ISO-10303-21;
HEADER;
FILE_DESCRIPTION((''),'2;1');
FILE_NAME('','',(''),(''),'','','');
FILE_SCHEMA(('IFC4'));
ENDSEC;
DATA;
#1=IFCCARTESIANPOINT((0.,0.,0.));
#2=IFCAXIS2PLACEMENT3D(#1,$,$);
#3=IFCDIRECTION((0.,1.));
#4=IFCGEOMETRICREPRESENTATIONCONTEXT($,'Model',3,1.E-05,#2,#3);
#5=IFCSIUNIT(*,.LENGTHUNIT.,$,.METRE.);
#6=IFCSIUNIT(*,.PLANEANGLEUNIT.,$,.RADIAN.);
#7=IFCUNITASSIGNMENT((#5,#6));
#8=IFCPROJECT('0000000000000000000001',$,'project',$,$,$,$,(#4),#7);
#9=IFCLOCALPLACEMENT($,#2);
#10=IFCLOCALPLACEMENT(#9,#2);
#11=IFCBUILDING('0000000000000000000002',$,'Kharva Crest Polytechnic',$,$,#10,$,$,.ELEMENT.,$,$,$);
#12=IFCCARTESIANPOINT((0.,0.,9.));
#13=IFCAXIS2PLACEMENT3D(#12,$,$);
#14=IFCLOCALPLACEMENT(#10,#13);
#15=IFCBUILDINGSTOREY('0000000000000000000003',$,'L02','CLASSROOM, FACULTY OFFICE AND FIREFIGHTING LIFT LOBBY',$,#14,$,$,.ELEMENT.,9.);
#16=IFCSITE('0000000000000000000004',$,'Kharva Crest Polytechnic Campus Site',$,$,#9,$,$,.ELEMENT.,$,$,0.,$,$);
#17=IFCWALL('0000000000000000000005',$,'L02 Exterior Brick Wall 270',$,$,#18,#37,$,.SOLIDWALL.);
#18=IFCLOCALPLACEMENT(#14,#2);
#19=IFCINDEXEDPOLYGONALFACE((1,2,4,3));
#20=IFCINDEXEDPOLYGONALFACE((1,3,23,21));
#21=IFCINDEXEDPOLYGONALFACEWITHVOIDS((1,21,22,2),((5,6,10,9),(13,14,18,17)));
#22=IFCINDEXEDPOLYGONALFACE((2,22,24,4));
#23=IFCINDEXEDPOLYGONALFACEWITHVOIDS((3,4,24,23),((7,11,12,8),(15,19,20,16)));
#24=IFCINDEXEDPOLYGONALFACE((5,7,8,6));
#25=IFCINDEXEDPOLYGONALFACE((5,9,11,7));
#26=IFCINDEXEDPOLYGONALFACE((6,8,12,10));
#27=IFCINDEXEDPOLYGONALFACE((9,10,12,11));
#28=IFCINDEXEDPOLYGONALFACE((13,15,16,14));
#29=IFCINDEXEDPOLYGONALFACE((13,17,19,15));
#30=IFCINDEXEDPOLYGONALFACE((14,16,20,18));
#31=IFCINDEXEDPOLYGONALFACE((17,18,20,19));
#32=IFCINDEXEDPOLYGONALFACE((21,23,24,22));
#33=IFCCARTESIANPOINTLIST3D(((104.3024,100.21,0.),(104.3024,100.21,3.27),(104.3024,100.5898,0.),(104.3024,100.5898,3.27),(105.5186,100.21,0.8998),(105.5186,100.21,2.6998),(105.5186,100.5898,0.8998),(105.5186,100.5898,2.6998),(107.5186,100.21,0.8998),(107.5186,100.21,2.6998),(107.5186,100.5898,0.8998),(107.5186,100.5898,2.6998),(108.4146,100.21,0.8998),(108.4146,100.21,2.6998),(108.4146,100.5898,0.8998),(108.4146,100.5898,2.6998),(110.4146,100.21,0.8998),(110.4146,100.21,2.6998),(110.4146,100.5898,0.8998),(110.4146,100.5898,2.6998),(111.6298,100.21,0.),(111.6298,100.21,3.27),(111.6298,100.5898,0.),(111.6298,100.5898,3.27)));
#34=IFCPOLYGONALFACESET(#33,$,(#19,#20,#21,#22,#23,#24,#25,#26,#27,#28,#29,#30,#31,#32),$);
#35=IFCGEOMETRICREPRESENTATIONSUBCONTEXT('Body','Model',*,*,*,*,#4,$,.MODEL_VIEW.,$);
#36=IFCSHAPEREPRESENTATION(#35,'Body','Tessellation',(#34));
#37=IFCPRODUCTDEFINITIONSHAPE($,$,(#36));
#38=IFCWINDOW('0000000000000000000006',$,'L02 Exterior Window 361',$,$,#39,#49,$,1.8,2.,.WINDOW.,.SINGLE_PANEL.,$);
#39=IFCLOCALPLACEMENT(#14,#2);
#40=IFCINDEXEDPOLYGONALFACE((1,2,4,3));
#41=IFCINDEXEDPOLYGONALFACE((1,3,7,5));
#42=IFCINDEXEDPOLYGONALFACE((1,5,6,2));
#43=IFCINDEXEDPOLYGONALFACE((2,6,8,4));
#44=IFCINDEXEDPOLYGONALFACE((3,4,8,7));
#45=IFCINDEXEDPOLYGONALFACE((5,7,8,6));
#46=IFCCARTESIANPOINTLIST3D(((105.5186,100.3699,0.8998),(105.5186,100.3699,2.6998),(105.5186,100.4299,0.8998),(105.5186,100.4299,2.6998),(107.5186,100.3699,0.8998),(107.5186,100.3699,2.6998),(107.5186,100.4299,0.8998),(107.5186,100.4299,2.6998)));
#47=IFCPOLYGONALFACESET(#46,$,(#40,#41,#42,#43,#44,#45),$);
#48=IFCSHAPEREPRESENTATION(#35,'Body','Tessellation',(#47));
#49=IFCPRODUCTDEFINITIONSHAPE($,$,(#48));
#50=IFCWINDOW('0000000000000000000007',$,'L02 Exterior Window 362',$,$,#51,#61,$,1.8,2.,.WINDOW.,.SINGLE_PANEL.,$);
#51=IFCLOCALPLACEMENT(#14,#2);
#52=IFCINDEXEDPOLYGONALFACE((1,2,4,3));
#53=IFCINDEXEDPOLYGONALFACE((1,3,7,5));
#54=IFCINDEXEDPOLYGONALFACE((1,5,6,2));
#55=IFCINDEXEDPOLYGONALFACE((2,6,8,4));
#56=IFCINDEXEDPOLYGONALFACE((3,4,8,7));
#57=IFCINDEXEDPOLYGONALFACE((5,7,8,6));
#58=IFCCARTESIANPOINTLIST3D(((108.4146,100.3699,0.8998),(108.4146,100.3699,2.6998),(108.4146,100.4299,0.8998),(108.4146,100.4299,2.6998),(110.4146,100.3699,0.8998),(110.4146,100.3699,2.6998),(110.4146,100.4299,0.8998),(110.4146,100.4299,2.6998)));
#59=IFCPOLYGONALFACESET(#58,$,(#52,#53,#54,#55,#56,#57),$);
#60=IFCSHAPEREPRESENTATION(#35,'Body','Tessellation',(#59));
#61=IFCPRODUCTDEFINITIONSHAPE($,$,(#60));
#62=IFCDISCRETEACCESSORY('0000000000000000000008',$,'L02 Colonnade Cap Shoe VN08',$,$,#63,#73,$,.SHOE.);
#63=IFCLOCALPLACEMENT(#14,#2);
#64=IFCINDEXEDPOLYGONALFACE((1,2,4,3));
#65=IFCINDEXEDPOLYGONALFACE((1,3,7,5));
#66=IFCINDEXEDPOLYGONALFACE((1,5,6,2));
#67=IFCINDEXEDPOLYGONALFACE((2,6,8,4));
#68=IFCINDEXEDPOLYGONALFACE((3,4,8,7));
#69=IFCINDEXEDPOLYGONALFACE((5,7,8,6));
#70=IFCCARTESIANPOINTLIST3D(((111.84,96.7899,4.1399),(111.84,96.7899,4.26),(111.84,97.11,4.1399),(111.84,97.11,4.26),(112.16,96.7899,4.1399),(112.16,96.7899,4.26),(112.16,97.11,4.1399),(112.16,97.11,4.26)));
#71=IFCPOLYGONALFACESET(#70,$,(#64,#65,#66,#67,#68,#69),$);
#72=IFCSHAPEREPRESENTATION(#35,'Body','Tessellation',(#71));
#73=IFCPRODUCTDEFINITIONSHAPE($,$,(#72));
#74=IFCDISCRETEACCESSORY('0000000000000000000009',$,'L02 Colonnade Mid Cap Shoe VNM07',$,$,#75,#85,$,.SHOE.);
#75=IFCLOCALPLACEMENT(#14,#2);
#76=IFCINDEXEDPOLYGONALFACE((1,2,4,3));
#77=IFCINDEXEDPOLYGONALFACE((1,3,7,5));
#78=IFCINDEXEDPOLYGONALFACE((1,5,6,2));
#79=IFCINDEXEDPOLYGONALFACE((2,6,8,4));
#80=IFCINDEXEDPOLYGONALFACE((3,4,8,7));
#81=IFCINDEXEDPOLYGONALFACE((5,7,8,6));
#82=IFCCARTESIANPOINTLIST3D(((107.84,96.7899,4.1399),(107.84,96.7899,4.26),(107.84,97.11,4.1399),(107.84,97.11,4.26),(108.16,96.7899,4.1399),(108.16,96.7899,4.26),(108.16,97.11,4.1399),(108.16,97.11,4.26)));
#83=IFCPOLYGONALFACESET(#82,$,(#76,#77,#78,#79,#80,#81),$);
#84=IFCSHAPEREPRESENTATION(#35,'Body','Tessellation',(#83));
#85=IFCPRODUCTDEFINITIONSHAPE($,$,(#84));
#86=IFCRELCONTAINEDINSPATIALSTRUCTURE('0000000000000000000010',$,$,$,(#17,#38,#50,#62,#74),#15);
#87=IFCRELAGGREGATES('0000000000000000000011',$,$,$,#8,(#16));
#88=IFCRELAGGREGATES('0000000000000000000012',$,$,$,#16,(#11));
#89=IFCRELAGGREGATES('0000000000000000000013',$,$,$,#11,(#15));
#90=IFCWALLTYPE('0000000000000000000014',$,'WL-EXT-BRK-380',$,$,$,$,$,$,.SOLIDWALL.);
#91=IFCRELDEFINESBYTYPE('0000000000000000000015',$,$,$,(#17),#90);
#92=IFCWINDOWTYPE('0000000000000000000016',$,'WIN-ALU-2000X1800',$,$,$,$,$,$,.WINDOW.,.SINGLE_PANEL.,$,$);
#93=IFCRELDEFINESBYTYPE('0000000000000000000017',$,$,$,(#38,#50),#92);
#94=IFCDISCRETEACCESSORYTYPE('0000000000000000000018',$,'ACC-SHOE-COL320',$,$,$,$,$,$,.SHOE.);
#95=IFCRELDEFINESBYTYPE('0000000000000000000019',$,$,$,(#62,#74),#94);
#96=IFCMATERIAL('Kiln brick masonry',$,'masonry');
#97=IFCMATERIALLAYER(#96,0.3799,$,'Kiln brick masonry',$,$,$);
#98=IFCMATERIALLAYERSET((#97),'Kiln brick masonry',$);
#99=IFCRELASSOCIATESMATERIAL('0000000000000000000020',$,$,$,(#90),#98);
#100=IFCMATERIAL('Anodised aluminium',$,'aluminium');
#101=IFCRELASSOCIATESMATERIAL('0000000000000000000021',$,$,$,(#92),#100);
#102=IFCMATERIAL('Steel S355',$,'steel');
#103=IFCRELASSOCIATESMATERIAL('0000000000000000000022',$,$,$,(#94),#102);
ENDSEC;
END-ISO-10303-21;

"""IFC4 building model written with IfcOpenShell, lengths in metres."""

from ifc_helpers import new_model, si_unit, direction, frame, frame_2d, origin, origin_2d, place, context, subcontext, project, spatial, rectangle, extrude, material, layer, layer_set, type_object, element, fill, save


model = new_model("IFC4")

# Units and contexts
model_context = context("Model", 3, precision=1e-05, world=origin(), true_north=direction((0.0, 1.0)))
body_context = subcontext(model_context, "Body", "Model", "MODEL_VIEW")
ifc_project = project(units=[si_unit("LENGTHUNIT", "METRE"), si_unit("PLANEANGLEUNIT", "RADIAN")], contexts=[model_context])

# Site, building, storey
site_placement = place(None, origin())
site = spatial("IfcSite", under=ifc_project, at=site_placement, Name="Kharva Crest Polytechnic Campus Site", CompositionType="ELEMENT", RefElevation=0.0)
building_placement = place(site_placement, origin())
building = spatial("IfcBuilding", under=site, at=building_placement, Name="Kharva Crest Polytechnic", CompositionType="ELEMENT")
storey_placement = place(building_placement, frame((0.0, 0.0, 9.0)))
storey = spatial("IfcBuildingStorey", under=building, at=storey_placement, Name="L02", Description="CLASSROOM, FACULTY OFFICE AND FIREFIGHTING LIFT LOBBY", CompositionType="ELEMENT", Elevation=9.0)

# Shared definitions
ifc_material_1 = material(Name="Steel S355", Category="steel")

# Wall, openings, windows
ifc_material_2 = material(Name="Kiln brick masonry", Category="masonry")
ifc_material_3 = material(Name="Anodised aluminium", Category="aluminium")
ifc_layer_1 = layer(ifc_material_2, 0.3799, Name="Kiln brick masonry")
ifc_layer_set_1 = layer_set([ifc_layer_1], Name="Kiln brick masonry")
wall_type_1 = type_object("IfcWallType", Name="WL-EXT-BRK-380", PredefinedType="SOLIDWALL", material=ifc_layer_set_1)
wall_1_placement = place(storey_placement, frame((104.3025, 100.3999, 0.0), z_axis=(0.0, 0.0, 1.0), x_axis=(1.0, 0.0, 0.0)))
wall_1 = element("IfcWall", 1, at=wall_1_placement, inside=storey, type_object=wall_type_1, Name="L02 Exterior Brick Wall 270", PredefinedType="SOLIDWALL", context=body_context, shape_type="SweptSolid", body=[
    extrude(rectangle(XDim=7.3274, YDim=0.3799, at=frame_2d((3.6636, 0.0))), origin(), (0.0, 0.0, 1.0), 3.27),
])
opening_1_placement = place(wall_1_placement, frame((1.2161, 0.0, 0.8999)))
opening_1 = element("IfcOpeningElement", 2, at=opening_1_placement, cuts=wall_1, PredefinedType="OPENING", context=body_context, shape_type="SweptSolid", body=[
    extrude(rectangle(XDim=2.0, YDim=1.8, at=frame_2d((1.0, 0.8999))), frame((0.0, 0.2, 0.0), z_axis=(0.0, -1.0, 0.0), x_axis=(1.0, 0.0, 0.0)), (0.0, 0.0, 1.0), 0.3999),
])
opening_2_placement = place(wall_1_placement, frame((4.1121, 0.0, 0.8999)))
opening_2 = element("IfcOpeningElement", 3, at=opening_2_placement, cuts=wall_1, PredefinedType="OPENING", context=body_context, shape_type="SweptSolid", body=[
    extrude(rectangle(XDim=2.0, YDim=1.8, at=frame_2d((1.0, 0.8999))), frame((0.0, 0.2, 0.0), z_axis=(0.0, -1.0, 0.0), x_axis=(1.0, 0.0, 0.0)), (0.0, 0.0, 1.0), 0.3999),
])
window_type_1 = type_object("IfcWindowType", Name="WIN-ALU-2000X1800", PartitioningType="SINGLE_PANEL", PredefinedType="WINDOW", material=ifc_material_3)
window_1_placement = place(opening_1_placement, origin())
window_1 = element("IfcWindow", 4, at=window_1_placement, inside=storey, type_object=window_type_1, Name="L02 Exterior Window 361", OverallHeight=1.8, OverallWidth=2.0, PartitioningType="SINGLE_PANEL", PredefinedType="WINDOW", context=body_context, shape_type="SweptSolid", body=[
    extrude(rectangle(XDim=2.0, YDim=1.8, at=frame_2d((1.0, 0.8999))), frame((0.0, 0.03, 0.0), z_axis=(0.0, -1.0, 0.0), x_axis=(1.0, 0.0, 0.0)), (0.0, 0.0, 1.0), 0.0601),
])
fill(opening_1, window_1)
window_2_placement = place(opening_2_placement, origin())
window_2 = element("IfcWindow", 5, at=window_2_placement, inside=storey, type_object=window_type_1, Name="L02 Exterior Window 362", OverallHeight=1.8, OverallWidth=2.0, PartitioningType="SINGLE_PANEL", PredefinedType="WINDOW", context=body_context, shape_type="SweptSolid", body=[
    extrude(rectangle(XDim=2.0, YDim=1.8, at=frame_2d((1.0, 0.8999))), frame((0.0, 0.03, 0.0), z_axis=(0.0, -1.0, 0.0), x_axis=(1.0, 0.0, 0.0)), (0.0, 0.0, 1.0), 0.0601),
])
fill(opening_2, window_2)

# Discrete accessories
discrete_accessory_type = type_object("IfcDiscreteAccessoryType", Name="ACC-SHOE-COL320", PredefinedType="SHOE", material=ifc_material_1)
for number, where, z_axis, x_axis, name in (
    (6, (112.0, 96.95, 4.1399), (0.0, 0.0, 1.0), (1.0, 0.0, 0.0), "L02 Colonnade Cap Shoe VN08"),
    (7, (108.0, 96.95, 4.1399), (0.0, 0.0, 1.0), (1.0, 0.0, 0.0), "L02 Colonnade Mid Cap Shoe VNM07"),
):
    element("IfcDiscreteAccessory", number, at=place(storey_placement, frame(where, z_axis=z_axis, x_axis=x_axis)), inside=storey, type_object=discrete_accessory_type, Name=name, PredefinedType="SHOE", context=body_context, shape_type="SweptSolid", body=[
        extrude(rectangle(XDim=0.3201, YDim=0.3201, at=origin_2d()), origin(), (0.0, 0.0, 1.0), 0.1201),
    ])

save(model, "model.ifc")
